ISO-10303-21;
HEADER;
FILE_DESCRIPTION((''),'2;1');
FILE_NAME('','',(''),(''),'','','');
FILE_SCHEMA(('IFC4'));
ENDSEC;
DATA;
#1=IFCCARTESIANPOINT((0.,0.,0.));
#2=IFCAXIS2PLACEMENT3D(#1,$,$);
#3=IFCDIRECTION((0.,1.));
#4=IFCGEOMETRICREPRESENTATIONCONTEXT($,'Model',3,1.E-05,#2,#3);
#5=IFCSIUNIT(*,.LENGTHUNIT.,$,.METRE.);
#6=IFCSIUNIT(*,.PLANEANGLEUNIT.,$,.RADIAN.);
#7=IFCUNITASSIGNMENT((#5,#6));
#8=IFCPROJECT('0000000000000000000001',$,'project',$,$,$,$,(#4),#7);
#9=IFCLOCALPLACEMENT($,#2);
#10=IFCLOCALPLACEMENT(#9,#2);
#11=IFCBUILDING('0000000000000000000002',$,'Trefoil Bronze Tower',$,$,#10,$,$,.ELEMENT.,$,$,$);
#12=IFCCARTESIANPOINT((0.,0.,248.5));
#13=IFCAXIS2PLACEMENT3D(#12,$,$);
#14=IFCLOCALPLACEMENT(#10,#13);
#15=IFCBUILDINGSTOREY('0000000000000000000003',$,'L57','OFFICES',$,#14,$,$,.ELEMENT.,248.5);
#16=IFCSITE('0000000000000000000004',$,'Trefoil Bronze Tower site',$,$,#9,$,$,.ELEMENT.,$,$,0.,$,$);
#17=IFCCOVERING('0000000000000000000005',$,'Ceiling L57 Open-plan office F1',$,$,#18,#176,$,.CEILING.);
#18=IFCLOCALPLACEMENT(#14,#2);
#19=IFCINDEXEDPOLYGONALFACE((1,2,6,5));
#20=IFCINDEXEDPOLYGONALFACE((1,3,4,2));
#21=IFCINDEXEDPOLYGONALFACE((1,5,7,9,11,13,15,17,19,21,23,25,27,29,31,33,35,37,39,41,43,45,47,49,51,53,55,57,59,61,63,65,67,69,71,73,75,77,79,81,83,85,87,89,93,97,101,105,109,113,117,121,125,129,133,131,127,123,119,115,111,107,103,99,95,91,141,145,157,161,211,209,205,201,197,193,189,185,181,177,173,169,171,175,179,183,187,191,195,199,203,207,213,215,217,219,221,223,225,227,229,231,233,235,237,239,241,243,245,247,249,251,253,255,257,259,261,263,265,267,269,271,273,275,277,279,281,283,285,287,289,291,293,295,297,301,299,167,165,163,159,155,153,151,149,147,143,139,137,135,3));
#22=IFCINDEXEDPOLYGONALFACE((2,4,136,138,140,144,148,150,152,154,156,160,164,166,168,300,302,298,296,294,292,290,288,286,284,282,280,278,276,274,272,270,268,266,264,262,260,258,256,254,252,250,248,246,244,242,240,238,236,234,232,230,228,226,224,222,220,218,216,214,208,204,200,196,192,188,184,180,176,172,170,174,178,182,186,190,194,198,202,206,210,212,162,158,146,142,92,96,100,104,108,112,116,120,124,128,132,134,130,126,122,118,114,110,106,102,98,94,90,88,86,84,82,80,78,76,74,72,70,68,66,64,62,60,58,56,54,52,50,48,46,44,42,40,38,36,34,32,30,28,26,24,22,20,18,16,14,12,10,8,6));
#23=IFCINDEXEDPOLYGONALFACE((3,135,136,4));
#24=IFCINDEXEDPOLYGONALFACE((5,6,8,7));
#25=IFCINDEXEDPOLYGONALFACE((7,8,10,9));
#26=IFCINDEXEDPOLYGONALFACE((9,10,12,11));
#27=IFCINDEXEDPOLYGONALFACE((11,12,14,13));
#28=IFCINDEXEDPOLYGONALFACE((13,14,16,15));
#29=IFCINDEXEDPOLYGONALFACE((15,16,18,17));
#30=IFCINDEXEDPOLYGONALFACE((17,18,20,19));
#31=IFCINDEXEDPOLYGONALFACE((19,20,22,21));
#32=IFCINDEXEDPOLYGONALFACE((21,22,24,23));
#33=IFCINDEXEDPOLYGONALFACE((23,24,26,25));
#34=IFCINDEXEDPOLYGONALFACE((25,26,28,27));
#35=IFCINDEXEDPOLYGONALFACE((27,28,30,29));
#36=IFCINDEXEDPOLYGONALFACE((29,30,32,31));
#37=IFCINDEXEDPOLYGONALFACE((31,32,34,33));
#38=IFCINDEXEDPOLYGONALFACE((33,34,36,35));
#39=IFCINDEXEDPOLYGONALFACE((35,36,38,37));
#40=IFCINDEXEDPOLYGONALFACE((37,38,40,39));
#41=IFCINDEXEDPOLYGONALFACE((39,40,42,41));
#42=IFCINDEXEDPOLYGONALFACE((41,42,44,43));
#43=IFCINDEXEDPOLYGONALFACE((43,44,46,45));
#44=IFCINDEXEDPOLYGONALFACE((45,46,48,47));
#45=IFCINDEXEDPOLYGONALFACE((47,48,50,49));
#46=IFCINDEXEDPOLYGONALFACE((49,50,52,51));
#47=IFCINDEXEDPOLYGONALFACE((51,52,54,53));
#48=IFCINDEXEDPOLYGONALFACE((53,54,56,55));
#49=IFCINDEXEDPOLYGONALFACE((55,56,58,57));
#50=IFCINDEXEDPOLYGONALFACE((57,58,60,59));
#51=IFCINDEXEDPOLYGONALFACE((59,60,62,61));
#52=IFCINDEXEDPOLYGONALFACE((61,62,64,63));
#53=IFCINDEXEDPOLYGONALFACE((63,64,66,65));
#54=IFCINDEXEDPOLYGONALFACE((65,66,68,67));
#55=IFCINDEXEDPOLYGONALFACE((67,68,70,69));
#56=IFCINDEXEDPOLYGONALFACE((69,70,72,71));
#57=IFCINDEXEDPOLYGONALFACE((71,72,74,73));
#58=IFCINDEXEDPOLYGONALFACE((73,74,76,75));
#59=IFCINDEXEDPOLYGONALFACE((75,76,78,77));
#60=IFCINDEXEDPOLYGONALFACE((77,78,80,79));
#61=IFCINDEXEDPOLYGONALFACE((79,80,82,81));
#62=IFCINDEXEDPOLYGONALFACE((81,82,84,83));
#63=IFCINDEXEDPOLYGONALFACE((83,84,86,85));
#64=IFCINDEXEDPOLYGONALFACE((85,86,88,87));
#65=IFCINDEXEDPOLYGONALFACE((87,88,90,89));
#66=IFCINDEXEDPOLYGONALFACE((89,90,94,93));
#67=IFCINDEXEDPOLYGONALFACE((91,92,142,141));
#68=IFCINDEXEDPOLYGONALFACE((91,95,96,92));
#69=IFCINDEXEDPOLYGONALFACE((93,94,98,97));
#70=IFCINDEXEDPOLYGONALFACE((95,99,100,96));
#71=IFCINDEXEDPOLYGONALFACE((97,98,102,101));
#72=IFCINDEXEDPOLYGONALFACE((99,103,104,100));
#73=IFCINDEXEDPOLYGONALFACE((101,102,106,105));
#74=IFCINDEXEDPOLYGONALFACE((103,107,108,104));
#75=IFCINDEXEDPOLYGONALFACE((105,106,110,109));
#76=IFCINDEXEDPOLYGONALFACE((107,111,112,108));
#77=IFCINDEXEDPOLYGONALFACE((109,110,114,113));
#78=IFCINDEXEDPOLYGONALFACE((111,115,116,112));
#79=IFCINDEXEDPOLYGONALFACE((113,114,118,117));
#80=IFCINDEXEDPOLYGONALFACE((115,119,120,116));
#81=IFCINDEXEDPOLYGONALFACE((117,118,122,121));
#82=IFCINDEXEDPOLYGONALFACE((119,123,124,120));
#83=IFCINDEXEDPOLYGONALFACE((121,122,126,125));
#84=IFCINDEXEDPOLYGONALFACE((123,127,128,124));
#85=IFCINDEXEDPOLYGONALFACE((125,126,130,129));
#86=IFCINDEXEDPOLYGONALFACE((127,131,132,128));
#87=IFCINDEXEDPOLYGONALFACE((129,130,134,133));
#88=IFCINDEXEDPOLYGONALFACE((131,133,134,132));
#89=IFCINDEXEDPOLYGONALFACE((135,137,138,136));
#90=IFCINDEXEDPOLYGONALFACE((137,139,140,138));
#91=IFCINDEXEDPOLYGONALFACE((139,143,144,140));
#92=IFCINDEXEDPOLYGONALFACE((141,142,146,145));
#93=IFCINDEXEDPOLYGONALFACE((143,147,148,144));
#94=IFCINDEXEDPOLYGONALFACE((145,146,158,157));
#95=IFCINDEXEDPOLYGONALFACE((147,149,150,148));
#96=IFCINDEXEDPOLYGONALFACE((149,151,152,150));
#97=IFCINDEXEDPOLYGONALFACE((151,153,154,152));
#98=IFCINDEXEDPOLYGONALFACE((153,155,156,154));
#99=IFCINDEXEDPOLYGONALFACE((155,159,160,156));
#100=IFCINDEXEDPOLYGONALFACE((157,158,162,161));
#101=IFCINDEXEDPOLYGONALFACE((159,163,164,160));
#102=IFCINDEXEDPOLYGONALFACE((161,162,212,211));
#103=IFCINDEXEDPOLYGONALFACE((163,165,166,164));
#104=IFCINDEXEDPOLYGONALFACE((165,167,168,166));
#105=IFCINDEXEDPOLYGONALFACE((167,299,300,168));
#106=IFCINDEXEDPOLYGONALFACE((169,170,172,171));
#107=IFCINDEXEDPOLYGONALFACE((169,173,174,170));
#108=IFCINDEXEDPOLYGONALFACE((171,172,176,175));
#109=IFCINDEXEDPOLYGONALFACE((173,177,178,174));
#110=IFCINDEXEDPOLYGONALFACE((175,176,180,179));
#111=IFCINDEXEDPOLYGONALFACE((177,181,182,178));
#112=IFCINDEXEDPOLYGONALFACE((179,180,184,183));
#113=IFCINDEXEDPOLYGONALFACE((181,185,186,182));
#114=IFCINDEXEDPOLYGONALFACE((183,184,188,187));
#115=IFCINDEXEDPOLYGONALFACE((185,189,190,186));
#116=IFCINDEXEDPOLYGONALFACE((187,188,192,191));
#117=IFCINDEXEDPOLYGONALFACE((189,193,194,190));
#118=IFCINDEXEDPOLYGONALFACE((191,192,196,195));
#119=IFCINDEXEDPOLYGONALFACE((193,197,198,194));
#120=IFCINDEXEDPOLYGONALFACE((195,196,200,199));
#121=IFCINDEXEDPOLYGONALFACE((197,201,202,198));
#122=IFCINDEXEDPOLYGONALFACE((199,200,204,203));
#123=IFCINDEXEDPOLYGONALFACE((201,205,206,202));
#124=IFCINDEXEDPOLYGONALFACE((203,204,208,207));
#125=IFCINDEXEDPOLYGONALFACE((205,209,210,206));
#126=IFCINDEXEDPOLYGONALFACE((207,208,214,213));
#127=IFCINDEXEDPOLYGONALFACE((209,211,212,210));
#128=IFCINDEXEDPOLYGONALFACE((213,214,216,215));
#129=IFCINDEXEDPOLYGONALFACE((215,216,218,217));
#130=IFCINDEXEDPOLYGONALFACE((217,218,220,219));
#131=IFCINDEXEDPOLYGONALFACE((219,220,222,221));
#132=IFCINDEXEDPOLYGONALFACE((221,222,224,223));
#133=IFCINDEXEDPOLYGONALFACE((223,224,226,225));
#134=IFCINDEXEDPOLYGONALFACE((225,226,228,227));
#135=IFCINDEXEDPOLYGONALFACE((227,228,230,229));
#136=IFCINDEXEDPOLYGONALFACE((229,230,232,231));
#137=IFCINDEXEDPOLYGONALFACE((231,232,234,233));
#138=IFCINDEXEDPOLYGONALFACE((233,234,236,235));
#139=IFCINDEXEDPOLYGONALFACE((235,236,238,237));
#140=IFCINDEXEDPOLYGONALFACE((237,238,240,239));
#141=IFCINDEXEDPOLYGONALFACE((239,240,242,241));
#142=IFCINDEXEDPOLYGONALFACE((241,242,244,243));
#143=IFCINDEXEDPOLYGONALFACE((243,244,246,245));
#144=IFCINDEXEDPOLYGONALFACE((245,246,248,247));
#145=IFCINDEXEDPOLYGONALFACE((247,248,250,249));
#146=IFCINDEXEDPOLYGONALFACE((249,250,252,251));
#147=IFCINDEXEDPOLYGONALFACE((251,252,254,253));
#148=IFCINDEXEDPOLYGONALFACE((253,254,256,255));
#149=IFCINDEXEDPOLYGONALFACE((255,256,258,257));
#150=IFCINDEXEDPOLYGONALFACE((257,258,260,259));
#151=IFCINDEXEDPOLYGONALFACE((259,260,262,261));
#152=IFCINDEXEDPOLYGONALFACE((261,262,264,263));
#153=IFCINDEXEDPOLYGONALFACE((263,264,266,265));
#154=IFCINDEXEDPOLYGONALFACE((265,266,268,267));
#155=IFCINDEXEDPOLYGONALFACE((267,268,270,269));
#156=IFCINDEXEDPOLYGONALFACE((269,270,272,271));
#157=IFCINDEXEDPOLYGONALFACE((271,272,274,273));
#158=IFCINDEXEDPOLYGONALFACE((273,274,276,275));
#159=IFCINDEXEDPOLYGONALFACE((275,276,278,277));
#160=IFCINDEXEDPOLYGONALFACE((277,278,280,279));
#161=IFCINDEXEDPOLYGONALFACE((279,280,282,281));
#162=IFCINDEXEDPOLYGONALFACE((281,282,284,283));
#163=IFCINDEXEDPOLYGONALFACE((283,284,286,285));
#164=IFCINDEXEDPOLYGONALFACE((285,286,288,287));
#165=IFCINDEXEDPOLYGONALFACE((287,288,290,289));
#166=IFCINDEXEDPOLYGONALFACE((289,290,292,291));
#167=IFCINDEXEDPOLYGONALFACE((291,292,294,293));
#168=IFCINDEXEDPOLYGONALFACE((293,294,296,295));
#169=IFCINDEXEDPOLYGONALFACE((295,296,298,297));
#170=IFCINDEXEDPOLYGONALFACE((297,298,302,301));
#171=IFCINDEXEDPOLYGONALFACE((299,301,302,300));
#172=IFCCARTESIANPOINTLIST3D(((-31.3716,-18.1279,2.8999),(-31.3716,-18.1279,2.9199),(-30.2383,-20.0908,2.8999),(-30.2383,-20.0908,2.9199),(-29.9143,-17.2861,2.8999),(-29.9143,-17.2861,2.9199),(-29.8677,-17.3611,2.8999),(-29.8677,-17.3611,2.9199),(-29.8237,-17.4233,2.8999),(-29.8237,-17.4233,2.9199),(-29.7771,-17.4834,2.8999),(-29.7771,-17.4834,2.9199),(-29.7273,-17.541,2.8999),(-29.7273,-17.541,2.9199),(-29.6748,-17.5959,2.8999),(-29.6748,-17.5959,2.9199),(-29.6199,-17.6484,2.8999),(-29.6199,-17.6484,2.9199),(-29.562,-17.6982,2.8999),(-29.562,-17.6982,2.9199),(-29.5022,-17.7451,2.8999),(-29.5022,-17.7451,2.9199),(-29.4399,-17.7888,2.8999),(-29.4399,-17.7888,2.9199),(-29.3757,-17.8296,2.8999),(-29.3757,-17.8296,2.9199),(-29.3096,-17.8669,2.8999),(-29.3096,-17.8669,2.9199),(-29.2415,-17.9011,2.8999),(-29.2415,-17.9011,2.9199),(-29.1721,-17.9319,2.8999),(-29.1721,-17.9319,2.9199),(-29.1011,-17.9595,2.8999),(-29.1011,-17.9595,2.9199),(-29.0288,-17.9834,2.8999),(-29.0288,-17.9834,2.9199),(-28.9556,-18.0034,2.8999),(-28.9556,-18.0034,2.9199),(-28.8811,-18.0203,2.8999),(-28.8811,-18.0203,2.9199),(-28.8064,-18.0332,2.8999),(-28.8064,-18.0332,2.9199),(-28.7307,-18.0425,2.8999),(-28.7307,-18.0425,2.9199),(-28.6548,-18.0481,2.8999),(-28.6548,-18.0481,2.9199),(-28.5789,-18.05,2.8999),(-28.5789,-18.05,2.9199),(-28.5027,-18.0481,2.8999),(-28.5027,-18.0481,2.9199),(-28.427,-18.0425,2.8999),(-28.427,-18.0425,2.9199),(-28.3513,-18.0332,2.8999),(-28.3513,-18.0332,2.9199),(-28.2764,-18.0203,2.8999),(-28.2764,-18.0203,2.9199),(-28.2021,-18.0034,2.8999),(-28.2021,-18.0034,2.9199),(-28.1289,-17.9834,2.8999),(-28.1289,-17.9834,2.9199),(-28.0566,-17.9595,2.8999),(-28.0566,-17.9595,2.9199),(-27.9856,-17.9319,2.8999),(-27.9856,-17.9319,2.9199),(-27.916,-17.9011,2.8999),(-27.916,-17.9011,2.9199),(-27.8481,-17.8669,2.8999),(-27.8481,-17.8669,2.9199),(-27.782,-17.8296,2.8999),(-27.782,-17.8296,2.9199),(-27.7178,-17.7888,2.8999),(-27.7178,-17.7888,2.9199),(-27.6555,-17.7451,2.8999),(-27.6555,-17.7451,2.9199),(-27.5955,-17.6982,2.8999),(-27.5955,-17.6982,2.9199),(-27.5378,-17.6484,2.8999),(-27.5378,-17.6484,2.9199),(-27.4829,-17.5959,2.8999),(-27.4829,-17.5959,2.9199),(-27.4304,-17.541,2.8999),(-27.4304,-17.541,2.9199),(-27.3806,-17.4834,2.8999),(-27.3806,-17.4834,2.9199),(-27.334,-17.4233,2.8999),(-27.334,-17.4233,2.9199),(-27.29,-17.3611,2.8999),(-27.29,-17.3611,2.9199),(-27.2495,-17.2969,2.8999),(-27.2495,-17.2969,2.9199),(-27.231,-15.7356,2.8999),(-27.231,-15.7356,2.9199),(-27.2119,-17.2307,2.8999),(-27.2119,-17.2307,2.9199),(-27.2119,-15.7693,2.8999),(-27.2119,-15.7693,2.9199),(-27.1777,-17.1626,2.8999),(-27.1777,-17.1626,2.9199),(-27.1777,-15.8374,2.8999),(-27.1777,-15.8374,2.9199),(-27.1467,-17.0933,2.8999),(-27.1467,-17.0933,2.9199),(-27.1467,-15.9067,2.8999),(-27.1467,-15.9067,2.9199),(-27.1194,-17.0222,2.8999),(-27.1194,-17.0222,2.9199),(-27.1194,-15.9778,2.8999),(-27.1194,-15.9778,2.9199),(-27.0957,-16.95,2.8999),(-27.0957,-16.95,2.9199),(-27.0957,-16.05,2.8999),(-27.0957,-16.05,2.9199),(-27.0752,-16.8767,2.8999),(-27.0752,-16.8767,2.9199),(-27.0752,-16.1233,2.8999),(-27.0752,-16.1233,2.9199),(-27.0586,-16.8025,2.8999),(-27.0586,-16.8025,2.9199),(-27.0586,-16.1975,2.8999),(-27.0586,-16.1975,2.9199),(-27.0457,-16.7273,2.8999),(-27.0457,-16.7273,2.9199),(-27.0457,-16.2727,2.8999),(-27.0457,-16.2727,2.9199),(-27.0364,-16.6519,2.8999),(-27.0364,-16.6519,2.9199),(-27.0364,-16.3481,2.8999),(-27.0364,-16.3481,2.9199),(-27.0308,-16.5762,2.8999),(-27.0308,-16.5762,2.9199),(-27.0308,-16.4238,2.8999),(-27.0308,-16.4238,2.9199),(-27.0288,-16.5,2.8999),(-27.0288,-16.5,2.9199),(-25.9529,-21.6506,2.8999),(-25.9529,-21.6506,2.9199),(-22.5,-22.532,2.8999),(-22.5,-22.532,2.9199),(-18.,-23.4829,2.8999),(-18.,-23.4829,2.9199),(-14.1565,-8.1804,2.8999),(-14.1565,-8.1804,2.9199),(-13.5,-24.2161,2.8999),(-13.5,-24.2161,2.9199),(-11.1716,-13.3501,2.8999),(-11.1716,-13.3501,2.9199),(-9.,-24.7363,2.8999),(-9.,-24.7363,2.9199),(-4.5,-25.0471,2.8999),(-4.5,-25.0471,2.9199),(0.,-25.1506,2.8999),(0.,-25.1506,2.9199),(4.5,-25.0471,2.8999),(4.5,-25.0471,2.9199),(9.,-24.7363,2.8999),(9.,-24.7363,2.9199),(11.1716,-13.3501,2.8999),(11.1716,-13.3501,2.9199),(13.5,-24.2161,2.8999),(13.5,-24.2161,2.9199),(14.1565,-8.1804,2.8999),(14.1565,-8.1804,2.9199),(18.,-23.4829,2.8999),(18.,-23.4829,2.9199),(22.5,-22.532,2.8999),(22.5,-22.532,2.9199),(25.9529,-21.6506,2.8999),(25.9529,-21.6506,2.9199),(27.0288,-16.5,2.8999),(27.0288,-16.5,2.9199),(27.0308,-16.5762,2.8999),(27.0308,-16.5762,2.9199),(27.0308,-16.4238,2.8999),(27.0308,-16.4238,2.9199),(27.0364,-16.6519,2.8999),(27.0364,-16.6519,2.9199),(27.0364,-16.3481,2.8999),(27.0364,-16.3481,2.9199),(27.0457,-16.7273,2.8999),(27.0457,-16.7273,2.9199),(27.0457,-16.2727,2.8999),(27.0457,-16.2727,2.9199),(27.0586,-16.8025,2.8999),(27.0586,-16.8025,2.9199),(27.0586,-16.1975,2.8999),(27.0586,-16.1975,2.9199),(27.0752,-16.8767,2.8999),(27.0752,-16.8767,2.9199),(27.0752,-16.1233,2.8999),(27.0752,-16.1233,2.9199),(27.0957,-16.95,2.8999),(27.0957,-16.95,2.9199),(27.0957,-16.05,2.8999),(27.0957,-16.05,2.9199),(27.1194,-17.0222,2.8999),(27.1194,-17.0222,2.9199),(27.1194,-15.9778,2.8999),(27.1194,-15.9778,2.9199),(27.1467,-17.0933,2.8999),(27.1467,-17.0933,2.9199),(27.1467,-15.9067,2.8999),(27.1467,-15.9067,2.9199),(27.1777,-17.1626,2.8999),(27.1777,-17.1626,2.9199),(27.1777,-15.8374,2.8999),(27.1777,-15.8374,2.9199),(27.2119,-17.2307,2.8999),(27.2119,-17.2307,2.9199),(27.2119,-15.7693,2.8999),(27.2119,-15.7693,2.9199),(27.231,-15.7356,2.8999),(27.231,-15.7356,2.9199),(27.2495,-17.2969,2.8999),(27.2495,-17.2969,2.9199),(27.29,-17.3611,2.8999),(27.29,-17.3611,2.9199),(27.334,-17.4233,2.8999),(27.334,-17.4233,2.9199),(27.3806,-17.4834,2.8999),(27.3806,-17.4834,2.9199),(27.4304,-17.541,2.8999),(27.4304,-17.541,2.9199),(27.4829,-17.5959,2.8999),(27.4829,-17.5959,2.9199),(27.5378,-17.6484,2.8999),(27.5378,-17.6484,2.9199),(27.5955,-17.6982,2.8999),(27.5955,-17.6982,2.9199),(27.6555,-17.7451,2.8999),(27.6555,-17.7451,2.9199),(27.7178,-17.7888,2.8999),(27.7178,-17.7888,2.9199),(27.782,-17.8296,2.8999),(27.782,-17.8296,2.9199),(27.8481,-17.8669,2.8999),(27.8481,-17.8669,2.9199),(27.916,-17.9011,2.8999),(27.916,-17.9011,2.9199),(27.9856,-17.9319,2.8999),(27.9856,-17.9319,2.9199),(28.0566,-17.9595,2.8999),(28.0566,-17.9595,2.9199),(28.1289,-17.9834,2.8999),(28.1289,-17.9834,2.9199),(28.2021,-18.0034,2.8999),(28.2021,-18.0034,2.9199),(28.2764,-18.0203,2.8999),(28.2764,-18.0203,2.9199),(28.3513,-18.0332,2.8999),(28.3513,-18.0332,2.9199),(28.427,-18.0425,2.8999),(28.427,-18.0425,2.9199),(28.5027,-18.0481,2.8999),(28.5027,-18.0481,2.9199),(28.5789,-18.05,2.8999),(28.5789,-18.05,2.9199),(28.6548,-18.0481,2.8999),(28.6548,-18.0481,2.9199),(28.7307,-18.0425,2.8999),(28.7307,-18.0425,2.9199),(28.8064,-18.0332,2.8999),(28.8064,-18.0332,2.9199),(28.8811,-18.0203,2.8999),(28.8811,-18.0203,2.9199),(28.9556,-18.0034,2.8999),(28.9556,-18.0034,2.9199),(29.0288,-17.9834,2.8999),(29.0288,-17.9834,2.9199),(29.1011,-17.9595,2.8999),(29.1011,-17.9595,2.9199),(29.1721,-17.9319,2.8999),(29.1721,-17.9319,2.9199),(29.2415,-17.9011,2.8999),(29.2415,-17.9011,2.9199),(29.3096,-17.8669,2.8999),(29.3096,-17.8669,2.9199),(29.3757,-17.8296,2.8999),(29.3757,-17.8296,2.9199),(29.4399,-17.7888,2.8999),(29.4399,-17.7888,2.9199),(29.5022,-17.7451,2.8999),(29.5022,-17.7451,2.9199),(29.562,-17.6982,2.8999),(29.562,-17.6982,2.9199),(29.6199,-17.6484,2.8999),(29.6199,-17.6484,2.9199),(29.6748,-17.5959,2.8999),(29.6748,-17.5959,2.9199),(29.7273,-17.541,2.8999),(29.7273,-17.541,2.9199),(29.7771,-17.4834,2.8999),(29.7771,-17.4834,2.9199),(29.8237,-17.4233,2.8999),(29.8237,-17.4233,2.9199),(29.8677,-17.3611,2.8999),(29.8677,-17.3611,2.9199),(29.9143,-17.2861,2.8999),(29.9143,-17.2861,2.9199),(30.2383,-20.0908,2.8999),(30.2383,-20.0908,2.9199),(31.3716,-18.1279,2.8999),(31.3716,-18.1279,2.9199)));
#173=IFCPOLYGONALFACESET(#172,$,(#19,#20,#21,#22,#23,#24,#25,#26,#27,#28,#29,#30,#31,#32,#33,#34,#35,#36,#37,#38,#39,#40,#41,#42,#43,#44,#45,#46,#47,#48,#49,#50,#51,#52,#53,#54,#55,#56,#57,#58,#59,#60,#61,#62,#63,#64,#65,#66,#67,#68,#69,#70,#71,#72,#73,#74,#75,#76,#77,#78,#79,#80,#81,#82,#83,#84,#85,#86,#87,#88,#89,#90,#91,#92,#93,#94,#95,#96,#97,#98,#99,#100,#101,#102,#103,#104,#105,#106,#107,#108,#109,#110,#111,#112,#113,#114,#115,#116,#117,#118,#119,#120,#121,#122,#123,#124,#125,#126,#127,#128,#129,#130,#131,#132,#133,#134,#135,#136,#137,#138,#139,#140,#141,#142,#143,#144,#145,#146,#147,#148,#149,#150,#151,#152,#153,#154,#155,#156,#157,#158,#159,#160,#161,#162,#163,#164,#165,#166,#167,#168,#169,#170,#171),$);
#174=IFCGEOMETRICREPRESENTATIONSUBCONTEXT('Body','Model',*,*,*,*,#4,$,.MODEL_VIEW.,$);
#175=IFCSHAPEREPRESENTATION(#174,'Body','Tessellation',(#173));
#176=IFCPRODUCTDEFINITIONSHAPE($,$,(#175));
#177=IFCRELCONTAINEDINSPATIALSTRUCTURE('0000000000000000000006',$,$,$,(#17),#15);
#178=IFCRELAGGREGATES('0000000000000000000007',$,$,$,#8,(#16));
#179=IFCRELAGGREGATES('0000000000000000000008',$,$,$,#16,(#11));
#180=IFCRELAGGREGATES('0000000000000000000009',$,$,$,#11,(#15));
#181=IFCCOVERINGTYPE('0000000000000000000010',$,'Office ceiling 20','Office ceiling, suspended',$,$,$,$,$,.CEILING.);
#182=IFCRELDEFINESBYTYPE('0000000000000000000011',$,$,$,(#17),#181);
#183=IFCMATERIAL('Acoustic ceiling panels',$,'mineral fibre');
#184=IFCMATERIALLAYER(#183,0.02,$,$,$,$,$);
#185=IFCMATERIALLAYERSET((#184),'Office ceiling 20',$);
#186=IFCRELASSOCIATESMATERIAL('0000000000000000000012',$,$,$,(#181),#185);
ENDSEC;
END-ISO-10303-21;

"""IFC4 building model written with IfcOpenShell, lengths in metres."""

from ifc_helpers import new_model, si_unit, direction, frame, origin, place, context, subcontext, project, spatial, polyline, outline, extrude, material, layer, layer_set, type_object, element, save


model = new_model("IFC4")

# Units and contexts
model_context = context("Model", 3, precision=1e-05, world=origin(), true_north=direction((0.0, 1.0)))
body_context = subcontext(model_context, "Body", "Model", "MODEL_VIEW")
ifc_project = project(units=[si_unit("LENGTHUNIT", "METRE"), si_unit("PLANEANGLEUNIT", "RADIAN")], contexts=[model_context])

# Site, building, storey
site_placement = place(None, origin())
site = spatial("IfcSite", under=ifc_project, at=site_placement, Name="Trefoil Bronze Tower site", CompositionType="ELEMENT", RefElevation=0.0)
building_placement = place(site_placement, origin())
building = spatial("IfcBuilding", under=site, at=building_placement, Name="Trefoil Bronze Tower", CompositionType="ELEMENT")
storey_placement = place(building_placement, frame((0.0, 0.0, 248.5)))
storey = spatial("IfcBuildingStorey", under=building, at=storey_placement, Name="L57", Description="OFFICES", CompositionType="ELEMENT", Elevation=248.5)

# Covering
ifc_material_1 = material(Name="Acoustic ceiling panels", Category="mineral fibre")
ifc_layer_1 = layer(ifc_material_1, 0.02)
ifc_layer_set_1 = layer_set([ifc_layer_1], Name="Office ceiling 20")
covering_type_1 = type_object("IfcCoveringType", Name="Office ceiling 20", Description="Office ceiling, suspended", PredefinedType="CEILING", material=ifc_layer_set_1)
covering_1_placement = place(storey_placement, frame((0.0, 0.0, 2.8999)))
element("IfcCovering", 1, at=covering_1_placement, inside=storey, type_object=covering_type_1, Name="Ceiling L57 Open-plan office F1", PredefinedType="CEILING", context=body_context, shape_type="SweptSolid", body=[
    extrude(outline(polyline([(-29.8677, -17.3611), (-29.8237, -17.4233), (-29.7771, -17.4834), (-29.7273, -17.541), (-29.6748, -17.5959), (-29.6199, -17.6484), (-29.562, -17.6982), (-29.5022, -17.7451), (-29.4399, -17.7888), (-29.3757, -17.8296), (-29.3096, -17.8669), (-29.2415, -17.9011), (-29.1721, -17.9319), (-29.1011, -17.9595), (-29.0288, -17.9834), (-28.9556, -18.0034), (-28.8811, -18.0203), (-28.8064, -18.0332), (-28.7307, -18.0425), (-28.6548, -18.0481), (-28.5789, -18.05), (-28.5027, -18.0481), (-28.427, -18.0425), (-28.3513, -18.0332), (-28.2764, -18.0203), (-28.2021, -18.0034), (-28.1289, -17.9834), (-28.0566, -17.9595), (-27.9856, -17.9319), (-27.916, -17.9011), (-27.8481, -17.8669), (-27.782, -17.8296), (-27.7178, -17.7888), (-27.6555, -17.7451), (-27.5955, -17.6982), (-27.5378, -17.6484), (-27.4829, -17.5959), (-27.4304, -17.541), (-27.3806, -17.4834), (-27.334, -17.4233), (-27.29, -17.3611), (-27.2495, -17.2969), (-27.2119, -17.2307), (-27.1777, -17.1626), (-27.1467, -17.0933), (-27.1194, -17.0222), (-27.0957, -16.95), (-27.0752, -16.8767), (-27.0586, -16.8025), (-27.0457, -16.7273), (-27.0364, -16.6519), (-27.0308, -16.5762), (-27.0288, -16.5), (-27.0308, -16.4238), (-27.0364, -16.3481), (-27.0457, -16.2727), (-27.0586, -16.1975), (-27.0752, -16.1233), (-27.0957, -16.05), (-27.1194, -15.9778), (-27.1467, -15.9067), (-27.1777, -15.8374), (-27.2119, -15.7693), (-27.231, -15.7356), (-14.1565, -8.1804), (-11.1716, -13.3501), (11.1716, -13.3501), (14.1565, -8.1804), (27.231, -15.7356), (27.2119, -15.7693), (27.1777, -15.8374), (27.1467, -15.9067), (27.1194, -15.9778), (27.0957, -16.05), (27.0752, -16.1233), (27.0586, -16.1975), (27.0457, -16.2727), (27.0364, -16.3481), (27.0308, -16.4238), (27.0288, -16.5), (27.0308, -16.5762), (27.0364, -16.6519), (27.0457, -16.7273), (27.0586, -16.8025), (27.0752, -16.8767), (27.0957, -16.95), (27.1194, -17.0222), (27.1467, -17.0933), (27.1777, -17.1626), (27.2119, -17.2307), (27.2495, -17.2969), (27.29, -17.3611), (27.334, -17.4233), (27.3806, -17.4834), (27.4304, -17.541), (27.4829, -17.5959), (27.5378, -17.6484), (27.5955, -17.6982), (27.6555, -17.7451), (27.7178, -17.7888), (27.782, -17.8296), (27.8481, -17.8669), (27.916, -17.9011), (27.9856, -17.9319), (28.0566, -17.9595), (28.1289, -17.9834), (28.2021, -18.0034), (28.2764, -18.0203), (28.3513, -18.0332), (28.427, -18.0425), (28.5027, -18.0481), (28.5789, -18.05), (28.6548, -18.0481), (28.7307, -18.0425), (28.8064, -18.0332), (28.8811, -18.0203), (28.9556, -18.0034), (29.0288, -17.9834), (29.1011, -17.9595), (29.1721, -17.9319), (29.2415, -17.9011), (29.3096, -17.8669), (29.3757, -17.8296), (29.4399, -17.7888), (29.5022, -17.7451), (29.562, -17.6982), (29.6199, -17.6484), (29.6748, -17.5959), (29.7273, -17.541), (29.7771, -17.4834), (29.8237, -17.4233), (29.8677, -17.3611), (29.9143, -17.2861), (31.3716, -18.1279), (30.2383, -20.0908), (25.9529, -21.6506), (22.5, -22.532), (18.0, -23.4829), (13.5, -24.2161), (9.0, -24.7363), (4.5, -25.0471), (0.0, -25.1506), (-4.5, -25.0471), (-9.0, -24.7363), (-13.5, -24.2161), (-18.0, -23.4829), (-22.5, -22.532), (-25.9529, -21.6506), (-30.2383, -20.0908), (-31.3716, -18.1279), (-29.9143, -17.2861), (-29.8677, -17.3611)])), origin(), (0.0, 0.0, 1.0), 0.02),
])

save(model, "model.ifc")
